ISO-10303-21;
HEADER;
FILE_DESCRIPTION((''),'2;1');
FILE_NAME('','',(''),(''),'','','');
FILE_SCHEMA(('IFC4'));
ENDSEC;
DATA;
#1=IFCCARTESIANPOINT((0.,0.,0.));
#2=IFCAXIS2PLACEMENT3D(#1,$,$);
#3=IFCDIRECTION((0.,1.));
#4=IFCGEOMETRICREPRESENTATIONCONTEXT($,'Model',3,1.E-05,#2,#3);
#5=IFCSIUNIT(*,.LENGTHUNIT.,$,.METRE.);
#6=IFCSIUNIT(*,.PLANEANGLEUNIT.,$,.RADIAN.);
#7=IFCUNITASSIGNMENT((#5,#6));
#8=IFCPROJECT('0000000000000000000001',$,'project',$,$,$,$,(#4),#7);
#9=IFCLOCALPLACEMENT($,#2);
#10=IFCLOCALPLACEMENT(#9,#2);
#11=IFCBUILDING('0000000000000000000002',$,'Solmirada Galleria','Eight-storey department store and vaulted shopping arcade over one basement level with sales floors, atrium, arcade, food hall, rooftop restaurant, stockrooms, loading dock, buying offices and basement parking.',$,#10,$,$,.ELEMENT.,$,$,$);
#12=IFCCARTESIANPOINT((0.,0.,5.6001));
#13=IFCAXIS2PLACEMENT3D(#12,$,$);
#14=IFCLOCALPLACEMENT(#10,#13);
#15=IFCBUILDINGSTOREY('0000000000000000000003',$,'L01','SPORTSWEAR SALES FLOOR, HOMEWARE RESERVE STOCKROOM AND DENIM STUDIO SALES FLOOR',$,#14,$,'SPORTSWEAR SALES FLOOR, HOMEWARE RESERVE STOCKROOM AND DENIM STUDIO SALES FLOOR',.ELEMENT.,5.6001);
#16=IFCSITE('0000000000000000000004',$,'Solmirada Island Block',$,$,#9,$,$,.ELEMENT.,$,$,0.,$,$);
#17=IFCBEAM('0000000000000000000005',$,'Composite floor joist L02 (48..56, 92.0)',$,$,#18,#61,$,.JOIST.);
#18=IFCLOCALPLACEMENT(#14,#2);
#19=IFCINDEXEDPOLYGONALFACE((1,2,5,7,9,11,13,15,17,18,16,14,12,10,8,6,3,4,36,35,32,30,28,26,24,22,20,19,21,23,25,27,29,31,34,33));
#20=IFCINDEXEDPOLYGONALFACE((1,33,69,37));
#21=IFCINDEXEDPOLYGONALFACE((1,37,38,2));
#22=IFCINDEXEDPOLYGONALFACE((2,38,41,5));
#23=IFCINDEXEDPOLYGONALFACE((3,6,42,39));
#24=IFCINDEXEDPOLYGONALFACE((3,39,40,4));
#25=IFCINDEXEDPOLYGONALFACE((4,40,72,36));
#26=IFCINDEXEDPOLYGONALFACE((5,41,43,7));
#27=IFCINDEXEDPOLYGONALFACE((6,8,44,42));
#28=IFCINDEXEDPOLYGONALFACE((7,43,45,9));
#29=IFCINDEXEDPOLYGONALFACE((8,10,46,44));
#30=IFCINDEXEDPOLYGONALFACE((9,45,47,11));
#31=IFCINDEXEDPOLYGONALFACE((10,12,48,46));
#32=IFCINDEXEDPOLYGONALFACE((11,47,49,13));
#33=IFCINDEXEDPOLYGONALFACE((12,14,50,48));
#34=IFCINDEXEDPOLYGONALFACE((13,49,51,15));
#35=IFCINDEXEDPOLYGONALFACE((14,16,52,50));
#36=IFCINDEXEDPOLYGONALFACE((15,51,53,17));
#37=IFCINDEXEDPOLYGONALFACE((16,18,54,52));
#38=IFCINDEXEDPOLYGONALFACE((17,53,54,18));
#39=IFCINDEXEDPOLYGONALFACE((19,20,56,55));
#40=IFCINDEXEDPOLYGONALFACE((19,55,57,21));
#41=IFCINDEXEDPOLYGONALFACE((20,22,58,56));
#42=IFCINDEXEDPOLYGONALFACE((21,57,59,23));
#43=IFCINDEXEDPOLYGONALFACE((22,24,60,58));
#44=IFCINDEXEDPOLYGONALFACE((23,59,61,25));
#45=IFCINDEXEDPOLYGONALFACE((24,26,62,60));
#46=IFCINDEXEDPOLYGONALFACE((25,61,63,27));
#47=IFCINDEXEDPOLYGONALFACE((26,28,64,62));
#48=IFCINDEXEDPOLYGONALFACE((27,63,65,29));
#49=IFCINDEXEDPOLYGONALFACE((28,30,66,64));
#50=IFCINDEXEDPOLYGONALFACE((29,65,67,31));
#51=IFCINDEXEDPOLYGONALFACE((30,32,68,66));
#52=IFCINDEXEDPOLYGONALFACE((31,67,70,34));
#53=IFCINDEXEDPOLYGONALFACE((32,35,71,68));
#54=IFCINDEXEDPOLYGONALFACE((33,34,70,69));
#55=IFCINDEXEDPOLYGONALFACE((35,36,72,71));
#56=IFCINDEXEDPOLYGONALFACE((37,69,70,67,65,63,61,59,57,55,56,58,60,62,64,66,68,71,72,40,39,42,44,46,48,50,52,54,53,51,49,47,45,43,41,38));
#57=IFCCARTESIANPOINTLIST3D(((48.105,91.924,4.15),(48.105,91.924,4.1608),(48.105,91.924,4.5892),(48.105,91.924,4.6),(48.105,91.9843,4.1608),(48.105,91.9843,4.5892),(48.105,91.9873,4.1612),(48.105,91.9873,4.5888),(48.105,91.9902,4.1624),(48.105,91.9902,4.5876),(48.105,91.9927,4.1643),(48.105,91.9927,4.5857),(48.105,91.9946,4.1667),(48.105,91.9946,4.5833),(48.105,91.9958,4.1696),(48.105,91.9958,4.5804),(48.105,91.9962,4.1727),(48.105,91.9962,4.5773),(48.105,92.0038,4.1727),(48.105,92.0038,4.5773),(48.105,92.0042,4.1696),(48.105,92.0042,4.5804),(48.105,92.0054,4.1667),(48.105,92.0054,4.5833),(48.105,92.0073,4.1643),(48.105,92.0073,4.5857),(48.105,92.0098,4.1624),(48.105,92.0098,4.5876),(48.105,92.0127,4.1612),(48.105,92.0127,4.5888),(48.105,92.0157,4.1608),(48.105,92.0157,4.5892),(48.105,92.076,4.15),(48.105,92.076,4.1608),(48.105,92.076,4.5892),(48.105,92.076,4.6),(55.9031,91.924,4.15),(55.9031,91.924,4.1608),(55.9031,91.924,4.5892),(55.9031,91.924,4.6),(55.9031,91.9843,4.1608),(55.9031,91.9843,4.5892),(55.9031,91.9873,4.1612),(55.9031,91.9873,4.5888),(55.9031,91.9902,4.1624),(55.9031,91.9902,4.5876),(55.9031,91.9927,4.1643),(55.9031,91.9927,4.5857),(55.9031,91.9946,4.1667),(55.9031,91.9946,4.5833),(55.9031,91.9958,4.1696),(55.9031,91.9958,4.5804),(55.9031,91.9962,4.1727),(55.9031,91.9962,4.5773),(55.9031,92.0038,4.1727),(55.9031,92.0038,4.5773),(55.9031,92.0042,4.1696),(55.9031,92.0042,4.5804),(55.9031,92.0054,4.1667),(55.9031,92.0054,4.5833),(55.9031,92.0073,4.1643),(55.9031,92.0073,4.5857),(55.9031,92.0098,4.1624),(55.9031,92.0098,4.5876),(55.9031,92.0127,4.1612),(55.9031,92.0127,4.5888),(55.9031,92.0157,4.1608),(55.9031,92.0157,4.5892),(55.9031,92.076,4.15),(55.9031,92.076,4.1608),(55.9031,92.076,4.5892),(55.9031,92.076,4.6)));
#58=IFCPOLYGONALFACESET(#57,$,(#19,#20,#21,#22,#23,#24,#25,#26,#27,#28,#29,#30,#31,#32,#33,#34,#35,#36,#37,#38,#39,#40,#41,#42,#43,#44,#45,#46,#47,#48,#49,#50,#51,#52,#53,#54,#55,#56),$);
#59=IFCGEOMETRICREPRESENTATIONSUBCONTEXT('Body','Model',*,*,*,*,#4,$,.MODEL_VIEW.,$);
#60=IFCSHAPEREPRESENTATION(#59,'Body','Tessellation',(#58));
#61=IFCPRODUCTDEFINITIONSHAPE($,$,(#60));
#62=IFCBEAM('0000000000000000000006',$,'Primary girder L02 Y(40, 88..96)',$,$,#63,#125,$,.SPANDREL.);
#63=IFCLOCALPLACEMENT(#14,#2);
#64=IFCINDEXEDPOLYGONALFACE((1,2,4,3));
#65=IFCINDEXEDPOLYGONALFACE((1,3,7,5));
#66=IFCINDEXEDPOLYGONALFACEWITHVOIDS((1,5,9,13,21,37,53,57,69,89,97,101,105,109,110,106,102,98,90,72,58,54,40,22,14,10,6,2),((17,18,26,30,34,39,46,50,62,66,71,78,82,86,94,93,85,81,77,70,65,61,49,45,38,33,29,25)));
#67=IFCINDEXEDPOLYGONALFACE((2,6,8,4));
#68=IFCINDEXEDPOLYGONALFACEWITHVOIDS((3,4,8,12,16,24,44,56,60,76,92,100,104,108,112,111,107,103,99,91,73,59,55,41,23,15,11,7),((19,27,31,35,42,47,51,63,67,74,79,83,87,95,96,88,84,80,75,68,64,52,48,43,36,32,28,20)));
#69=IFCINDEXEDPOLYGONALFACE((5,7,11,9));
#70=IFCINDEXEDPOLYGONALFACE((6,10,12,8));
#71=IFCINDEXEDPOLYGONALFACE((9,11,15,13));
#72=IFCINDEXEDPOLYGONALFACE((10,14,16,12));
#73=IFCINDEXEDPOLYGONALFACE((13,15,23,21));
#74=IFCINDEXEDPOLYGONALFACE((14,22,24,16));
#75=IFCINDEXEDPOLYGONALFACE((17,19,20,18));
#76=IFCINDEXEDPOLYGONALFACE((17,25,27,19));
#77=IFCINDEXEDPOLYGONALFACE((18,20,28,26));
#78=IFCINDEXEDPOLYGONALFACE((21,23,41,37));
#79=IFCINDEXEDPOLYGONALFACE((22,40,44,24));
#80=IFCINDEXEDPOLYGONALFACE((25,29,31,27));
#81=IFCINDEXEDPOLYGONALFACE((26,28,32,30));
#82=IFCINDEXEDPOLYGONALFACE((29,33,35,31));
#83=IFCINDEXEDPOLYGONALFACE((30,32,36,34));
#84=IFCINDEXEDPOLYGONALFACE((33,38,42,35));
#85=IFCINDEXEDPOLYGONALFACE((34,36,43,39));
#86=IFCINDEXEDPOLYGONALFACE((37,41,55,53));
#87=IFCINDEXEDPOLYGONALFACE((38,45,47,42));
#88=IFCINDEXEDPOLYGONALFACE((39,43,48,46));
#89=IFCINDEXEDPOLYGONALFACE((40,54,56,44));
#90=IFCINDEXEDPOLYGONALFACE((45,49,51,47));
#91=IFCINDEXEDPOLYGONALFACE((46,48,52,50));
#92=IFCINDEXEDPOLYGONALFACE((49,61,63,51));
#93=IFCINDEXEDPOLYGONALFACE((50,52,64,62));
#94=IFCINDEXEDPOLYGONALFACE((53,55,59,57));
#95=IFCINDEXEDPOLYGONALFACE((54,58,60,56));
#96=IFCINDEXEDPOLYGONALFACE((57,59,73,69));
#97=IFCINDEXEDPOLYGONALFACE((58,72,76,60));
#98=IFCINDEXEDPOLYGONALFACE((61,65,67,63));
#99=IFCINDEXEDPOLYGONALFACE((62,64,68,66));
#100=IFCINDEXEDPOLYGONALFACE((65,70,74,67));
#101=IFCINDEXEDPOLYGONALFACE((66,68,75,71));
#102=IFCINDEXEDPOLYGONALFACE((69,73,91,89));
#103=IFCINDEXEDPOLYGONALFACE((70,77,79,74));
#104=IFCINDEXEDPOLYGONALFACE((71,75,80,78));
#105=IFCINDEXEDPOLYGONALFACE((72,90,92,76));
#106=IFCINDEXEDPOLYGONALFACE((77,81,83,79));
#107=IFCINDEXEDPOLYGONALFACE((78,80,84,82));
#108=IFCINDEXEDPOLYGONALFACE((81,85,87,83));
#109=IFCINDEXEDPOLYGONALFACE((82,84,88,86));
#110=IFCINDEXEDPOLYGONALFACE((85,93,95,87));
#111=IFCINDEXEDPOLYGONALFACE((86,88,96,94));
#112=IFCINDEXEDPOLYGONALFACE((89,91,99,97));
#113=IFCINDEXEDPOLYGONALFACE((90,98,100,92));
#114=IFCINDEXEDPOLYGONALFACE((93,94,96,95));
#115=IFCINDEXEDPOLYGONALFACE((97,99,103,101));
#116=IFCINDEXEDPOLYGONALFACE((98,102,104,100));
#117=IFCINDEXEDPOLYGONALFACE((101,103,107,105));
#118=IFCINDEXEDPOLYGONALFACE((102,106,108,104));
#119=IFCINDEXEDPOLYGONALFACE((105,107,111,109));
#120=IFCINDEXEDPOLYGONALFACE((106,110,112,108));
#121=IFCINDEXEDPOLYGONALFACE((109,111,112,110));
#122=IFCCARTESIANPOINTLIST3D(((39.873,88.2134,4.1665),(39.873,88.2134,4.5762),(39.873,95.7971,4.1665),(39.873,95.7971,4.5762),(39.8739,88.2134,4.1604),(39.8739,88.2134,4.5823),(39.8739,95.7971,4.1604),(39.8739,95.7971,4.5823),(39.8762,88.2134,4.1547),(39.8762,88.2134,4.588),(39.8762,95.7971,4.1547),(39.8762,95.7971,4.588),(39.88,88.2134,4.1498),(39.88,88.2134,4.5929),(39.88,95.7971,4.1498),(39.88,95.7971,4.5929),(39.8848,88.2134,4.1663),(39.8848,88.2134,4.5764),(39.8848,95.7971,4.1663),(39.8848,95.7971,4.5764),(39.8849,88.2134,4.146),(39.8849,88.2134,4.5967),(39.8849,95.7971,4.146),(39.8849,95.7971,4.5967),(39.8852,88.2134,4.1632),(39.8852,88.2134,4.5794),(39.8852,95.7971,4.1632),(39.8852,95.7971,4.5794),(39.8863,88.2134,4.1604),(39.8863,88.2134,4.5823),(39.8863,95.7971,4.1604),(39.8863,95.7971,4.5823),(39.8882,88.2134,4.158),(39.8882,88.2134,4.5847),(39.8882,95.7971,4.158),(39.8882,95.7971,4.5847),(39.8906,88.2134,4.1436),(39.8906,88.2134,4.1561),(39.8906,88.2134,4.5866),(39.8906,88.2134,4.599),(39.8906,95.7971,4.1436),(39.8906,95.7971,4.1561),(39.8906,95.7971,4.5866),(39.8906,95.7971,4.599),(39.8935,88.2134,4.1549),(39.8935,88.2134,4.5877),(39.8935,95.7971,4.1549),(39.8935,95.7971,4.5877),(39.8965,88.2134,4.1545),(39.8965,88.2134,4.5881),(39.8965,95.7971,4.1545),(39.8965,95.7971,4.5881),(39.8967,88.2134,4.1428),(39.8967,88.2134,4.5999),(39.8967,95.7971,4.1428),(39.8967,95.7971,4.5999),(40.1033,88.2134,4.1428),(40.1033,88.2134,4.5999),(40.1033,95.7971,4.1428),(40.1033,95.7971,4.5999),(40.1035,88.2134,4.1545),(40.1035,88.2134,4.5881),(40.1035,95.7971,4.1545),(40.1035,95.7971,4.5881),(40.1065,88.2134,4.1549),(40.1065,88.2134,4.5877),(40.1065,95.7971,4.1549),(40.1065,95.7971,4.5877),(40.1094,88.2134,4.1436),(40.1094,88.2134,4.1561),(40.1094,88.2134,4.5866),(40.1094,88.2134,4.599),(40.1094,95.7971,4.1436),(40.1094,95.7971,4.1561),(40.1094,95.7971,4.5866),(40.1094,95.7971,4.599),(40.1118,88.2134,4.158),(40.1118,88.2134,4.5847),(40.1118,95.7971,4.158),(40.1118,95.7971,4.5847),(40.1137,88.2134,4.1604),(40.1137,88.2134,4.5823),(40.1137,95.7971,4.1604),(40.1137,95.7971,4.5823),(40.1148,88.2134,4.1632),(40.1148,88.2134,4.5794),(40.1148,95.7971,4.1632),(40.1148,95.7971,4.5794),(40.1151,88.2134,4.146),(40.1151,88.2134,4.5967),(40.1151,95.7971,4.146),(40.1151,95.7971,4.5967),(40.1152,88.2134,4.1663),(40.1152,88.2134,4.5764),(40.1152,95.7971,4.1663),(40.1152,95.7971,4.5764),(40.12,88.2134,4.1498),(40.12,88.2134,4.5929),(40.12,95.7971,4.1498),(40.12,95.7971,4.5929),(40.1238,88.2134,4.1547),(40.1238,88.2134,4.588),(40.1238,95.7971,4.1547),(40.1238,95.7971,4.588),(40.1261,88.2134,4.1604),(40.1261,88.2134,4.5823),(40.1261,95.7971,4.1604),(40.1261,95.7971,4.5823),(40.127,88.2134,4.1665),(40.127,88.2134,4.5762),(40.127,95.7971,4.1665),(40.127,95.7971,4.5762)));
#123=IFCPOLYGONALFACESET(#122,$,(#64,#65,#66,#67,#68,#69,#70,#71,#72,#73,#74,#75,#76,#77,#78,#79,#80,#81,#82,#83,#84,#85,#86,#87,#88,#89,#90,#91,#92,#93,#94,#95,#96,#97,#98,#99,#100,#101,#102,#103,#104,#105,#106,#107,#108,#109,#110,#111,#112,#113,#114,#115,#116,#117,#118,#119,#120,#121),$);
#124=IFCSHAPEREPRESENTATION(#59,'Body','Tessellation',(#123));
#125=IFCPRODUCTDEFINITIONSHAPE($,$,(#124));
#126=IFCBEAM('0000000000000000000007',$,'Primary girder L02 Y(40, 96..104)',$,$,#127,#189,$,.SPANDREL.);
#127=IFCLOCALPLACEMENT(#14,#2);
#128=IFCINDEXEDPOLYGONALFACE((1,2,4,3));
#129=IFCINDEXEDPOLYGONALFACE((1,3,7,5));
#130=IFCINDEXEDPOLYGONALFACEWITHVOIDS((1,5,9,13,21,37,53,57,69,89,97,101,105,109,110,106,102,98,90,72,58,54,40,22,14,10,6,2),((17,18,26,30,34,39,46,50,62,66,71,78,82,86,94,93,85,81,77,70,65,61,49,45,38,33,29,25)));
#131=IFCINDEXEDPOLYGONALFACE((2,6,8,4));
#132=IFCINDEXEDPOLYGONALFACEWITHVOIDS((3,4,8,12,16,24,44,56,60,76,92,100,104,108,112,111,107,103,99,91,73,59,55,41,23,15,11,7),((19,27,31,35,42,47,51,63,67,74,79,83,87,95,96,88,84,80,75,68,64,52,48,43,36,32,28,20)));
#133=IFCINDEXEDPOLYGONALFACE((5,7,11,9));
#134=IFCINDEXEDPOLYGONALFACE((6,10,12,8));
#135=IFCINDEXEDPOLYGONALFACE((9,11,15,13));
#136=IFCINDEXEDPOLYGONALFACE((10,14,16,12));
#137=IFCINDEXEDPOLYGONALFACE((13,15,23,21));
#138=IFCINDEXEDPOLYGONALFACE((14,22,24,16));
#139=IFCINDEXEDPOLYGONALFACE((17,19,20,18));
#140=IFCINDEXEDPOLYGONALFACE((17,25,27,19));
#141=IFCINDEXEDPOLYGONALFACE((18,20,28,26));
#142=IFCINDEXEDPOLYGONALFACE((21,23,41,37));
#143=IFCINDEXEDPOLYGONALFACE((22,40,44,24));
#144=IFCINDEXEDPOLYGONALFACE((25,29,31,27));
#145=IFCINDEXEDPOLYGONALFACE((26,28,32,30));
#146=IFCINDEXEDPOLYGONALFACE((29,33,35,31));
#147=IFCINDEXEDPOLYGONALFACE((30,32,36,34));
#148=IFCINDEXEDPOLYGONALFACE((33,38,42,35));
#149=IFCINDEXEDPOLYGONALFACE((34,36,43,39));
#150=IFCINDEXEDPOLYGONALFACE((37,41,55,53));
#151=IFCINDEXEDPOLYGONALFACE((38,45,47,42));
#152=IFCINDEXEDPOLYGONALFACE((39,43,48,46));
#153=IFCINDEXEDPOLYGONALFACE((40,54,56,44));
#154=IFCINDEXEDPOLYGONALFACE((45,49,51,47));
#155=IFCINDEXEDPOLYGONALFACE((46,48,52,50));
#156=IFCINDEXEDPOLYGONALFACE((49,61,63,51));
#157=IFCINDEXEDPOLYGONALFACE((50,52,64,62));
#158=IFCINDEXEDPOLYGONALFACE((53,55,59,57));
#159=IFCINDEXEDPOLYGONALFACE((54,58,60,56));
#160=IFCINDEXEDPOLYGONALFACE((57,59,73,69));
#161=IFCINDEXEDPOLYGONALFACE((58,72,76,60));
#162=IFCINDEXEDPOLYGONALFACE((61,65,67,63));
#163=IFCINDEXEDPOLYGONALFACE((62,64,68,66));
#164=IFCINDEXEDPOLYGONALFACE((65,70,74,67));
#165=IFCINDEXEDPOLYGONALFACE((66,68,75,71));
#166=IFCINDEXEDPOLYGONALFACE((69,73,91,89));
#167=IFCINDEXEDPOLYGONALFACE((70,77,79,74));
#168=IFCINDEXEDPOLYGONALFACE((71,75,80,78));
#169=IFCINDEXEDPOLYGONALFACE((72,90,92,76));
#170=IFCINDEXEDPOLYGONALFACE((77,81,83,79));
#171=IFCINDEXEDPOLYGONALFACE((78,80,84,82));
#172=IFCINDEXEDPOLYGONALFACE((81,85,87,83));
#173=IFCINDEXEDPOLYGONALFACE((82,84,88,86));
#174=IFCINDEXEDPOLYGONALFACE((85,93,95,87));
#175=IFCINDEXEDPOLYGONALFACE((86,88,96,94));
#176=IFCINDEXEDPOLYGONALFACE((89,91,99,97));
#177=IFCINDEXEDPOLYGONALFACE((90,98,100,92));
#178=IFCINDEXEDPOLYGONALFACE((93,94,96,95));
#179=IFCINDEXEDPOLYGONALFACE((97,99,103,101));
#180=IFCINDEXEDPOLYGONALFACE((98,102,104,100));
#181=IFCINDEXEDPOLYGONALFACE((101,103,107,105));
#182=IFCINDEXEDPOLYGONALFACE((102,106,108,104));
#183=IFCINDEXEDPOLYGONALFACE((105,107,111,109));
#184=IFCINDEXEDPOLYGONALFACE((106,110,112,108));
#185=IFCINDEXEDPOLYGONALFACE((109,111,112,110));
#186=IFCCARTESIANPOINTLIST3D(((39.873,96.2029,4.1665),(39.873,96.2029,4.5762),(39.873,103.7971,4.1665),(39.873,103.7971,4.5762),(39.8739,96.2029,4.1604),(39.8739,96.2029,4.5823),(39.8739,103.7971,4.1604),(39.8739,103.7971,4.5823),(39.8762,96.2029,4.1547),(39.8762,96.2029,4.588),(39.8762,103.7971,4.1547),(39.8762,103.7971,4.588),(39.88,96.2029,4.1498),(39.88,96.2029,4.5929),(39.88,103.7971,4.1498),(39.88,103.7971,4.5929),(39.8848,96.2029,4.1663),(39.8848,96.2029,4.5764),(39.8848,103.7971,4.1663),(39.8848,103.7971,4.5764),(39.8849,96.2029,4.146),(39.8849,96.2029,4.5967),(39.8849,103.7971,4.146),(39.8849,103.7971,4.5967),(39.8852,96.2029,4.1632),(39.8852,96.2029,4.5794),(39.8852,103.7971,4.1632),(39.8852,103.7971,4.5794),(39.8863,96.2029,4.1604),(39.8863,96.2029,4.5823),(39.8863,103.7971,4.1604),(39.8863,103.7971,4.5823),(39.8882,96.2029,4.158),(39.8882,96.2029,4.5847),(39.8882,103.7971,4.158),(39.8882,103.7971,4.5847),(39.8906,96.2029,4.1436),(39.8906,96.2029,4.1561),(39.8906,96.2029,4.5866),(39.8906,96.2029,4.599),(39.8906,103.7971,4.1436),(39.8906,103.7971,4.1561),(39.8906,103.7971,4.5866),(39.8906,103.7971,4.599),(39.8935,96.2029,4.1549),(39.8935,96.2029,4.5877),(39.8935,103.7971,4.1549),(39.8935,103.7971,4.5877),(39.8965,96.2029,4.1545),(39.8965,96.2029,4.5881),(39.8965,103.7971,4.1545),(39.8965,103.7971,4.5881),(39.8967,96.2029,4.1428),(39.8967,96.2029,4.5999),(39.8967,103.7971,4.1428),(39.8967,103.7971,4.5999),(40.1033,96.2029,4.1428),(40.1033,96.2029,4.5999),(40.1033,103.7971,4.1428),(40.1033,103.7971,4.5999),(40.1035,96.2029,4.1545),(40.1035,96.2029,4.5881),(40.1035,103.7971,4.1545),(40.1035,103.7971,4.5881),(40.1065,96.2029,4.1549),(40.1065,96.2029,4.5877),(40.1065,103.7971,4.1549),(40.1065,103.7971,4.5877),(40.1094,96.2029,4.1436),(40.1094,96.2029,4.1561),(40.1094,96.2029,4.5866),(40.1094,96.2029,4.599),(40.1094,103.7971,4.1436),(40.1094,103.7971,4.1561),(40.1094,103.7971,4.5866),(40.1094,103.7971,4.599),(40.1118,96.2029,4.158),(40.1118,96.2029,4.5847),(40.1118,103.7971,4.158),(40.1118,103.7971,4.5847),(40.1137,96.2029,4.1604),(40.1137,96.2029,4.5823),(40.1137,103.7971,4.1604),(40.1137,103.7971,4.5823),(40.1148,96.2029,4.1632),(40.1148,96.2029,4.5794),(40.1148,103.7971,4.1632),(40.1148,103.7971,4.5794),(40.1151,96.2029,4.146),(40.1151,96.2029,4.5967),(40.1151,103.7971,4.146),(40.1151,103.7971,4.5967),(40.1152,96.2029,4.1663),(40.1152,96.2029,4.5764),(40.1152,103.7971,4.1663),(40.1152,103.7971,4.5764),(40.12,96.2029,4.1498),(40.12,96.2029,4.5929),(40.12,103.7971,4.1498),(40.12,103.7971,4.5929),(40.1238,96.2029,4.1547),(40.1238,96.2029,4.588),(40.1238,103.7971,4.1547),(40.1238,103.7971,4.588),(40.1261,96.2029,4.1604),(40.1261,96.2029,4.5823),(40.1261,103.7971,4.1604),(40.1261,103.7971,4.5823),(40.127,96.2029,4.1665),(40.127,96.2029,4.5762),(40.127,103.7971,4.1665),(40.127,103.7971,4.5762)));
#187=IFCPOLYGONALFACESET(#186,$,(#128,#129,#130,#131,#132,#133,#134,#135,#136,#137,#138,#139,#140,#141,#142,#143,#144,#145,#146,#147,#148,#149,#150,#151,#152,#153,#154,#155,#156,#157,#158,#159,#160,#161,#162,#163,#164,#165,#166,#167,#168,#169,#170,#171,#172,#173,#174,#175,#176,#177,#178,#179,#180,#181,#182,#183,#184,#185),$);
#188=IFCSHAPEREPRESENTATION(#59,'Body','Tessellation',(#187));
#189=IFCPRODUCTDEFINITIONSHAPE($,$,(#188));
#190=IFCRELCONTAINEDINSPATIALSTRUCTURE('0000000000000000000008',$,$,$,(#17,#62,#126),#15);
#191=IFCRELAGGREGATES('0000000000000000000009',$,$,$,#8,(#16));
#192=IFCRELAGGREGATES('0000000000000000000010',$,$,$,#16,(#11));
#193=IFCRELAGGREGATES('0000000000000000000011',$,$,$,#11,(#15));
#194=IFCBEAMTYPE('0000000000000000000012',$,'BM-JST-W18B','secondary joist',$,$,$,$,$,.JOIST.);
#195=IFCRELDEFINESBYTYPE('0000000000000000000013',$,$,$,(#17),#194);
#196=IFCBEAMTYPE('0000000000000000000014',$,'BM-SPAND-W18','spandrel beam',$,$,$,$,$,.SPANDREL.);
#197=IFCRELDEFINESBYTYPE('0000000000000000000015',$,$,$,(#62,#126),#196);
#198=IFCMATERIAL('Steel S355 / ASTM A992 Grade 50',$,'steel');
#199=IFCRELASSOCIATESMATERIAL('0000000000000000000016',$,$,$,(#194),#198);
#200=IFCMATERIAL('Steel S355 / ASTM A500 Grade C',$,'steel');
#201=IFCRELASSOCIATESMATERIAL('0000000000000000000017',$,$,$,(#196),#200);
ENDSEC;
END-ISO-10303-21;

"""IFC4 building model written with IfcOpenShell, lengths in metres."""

from ifc_helpers import new_model, si_unit, direction, frame, origin, origin_2d, place, context, subcontext, project, spatial, hollow_rectangle, i_section, extrude, material, material_profile, profile_set, type_object, element, save


model = new_model("IFC4")

# Units and contexts
model_context = context("Model", 3, precision=1e-05, world=origin(), true_north=direction((0.0, 1.0)))
body_context = subcontext(model_context, "Body", "Model", "MODEL_VIEW")
ifc_project = project(units=[si_unit("LENGTHUNIT", "METRE"), si_unit("PLANEANGLEUNIT", "RADIAN")], contexts=[model_context])

# Site, building, storey
site_placement = place(None, origin())
site = spatial("IfcSite", under=ifc_project, at=site_placement, Name="Solmirada Island Block", CompositionType="ELEMENT", RefElevation=0.0)
building_placement = place(site_placement, origin())
building = spatial("IfcBuilding", under=site, at=building_placement, Name="Solmirada Galleria", Description="Eight-storey department store and vaulted shopping arcade over one basement level with sales floors, atrium, arcade, food hall, rooftop restaurant, stockrooms, loading dock, buying offices and basement parking.", CompositionType="ELEMENT")
storey_placement = place(building_placement, frame((0.0, 0.0, 5.6001)))
storey = spatial("IfcBuildingStorey", under=building, at=storey_placement, Name="L01", Description="SPORTSWEAR SALES FLOOR, HOMEWARE RESERVE STOCKROOM AND DENIM STUDIO SALES FLOOR", LongName="SPORTSWEAR SALES FLOOR, HOMEWARE RESERVE STOCKROOM AND DENIM STUDIO SALES FLOOR", CompositionType="ELEMENT", Elevation=5.6001)

# Shared definitions
ifc_material_1 = material(Name="Steel S355 / ASTM A500 Grade C", Category="steel")

# Beams
ifc_material_2 = material(Name="Steel S355 / ASTM A992 Grade 50", Category="steel")
ifc_material_profile_1 = material_profile(ifc_material_2, i_section(OverallWidth=0.1521, OverallDepth=0.45, WebThickness=0.0076, FlangeThickness=0.0107, FilletRadius=0.012, at=origin_2d()), Name="W18X35")
ifc_profile_set_1 = profile_set([ifc_material_profile_1], Name="Steel S355 / ASTM A992 Grade 50")
beam_type_1 = type_object("IfcBeamType", Name="BM-JST-W18B", Description="secondary joist", PredefinedType="JOIST", material=ifc_profile_set_1)
beam_1_placement = place(storey_placement, frame((48.105, 92.0, 4.375), z_axis=(1.0, 0.0, 0.0), x_axis=(0.0, 1.0, 0.0)))
element("IfcBeam", 1, at=beam_1_placement, inside=storey, type_object=beam_type_1, Name="Composite floor joist L02 (48..56, 92.0)", PredefinedType="JOIST", context=body_context, shape_type="SweptSolid", body=[
    extrude(i_section(OverallWidth=0.1521, OverallDepth=0.45, WebThickness=0.0076, FlangeThickness=0.0107, FilletRadius=0.012, at=origin_2d()), origin(), (0.0, 0.0, 1.0), 7.7981),
])
ifc_material_profile_2 = material_profile(ifc_material_1, hollow_rectangle(XDim=0.2539, YDim=0.457, WallThickness=0.0117, InnerFilletRadius=0.0117, OuterFilletRadius=0.0237, at=origin_2d()), Name="HSS18X10X1/2")
ifc_profile_set_2 = profile_set([ifc_material_profile_2], Name="Steel S355 / ASTM A500 Grade C")
beam_type_2 = type_object("IfcBeamType", Name="BM-SPAND-W18", Description="spandrel beam", PredefinedType="SPANDREL", material=ifc_profile_set_2)
beam_2_placement = place(storey_placement, frame((40.0, 88.2134, 4.3713), z_axis=(0.0, 1.0, 0.0), x_axis=(-1.0, 0.0, 0.0)))
element("IfcBeam", 2, at=beam_2_placement, inside=storey, type_object=beam_type_2, Name="Primary girder L02 Y(40, 88..96)", PredefinedType="SPANDREL", context=body_context, shape_type="SweptSolid", body=[
    extrude(hollow_rectangle(XDim=0.2539, YDim=0.457, WallThickness=0.0117, InnerFilletRadius=0.0117, OuterFilletRadius=0.0237, at=origin_2d()), origin(), (0.0, 0.0, 1.0), 7.5837),
])
beam_3_placement = place(storey_placement, frame((40.0, 96.2029, 4.3713), z_axis=(0.0, 1.0, 0.0), x_axis=(-1.0, 0.0, 0.0)))
element("IfcBeam", 3, at=beam_3_placement, inside=storey, type_object=beam_type_2, Name="Primary girder L02 Y(40, 96..104)", PredefinedType="SPANDREL", context=body_context, shape_type="SweptSolid", body=[
    extrude(hollow_rectangle(XDim=0.2539, YDim=0.457, WallThickness=0.0117, InnerFilletRadius=0.0117, OuterFilletRadius=0.0237, at=origin_2d()), origin(), (0.0, 0.0, 1.0), 7.5942),
])

save(model, "model.ifc")
